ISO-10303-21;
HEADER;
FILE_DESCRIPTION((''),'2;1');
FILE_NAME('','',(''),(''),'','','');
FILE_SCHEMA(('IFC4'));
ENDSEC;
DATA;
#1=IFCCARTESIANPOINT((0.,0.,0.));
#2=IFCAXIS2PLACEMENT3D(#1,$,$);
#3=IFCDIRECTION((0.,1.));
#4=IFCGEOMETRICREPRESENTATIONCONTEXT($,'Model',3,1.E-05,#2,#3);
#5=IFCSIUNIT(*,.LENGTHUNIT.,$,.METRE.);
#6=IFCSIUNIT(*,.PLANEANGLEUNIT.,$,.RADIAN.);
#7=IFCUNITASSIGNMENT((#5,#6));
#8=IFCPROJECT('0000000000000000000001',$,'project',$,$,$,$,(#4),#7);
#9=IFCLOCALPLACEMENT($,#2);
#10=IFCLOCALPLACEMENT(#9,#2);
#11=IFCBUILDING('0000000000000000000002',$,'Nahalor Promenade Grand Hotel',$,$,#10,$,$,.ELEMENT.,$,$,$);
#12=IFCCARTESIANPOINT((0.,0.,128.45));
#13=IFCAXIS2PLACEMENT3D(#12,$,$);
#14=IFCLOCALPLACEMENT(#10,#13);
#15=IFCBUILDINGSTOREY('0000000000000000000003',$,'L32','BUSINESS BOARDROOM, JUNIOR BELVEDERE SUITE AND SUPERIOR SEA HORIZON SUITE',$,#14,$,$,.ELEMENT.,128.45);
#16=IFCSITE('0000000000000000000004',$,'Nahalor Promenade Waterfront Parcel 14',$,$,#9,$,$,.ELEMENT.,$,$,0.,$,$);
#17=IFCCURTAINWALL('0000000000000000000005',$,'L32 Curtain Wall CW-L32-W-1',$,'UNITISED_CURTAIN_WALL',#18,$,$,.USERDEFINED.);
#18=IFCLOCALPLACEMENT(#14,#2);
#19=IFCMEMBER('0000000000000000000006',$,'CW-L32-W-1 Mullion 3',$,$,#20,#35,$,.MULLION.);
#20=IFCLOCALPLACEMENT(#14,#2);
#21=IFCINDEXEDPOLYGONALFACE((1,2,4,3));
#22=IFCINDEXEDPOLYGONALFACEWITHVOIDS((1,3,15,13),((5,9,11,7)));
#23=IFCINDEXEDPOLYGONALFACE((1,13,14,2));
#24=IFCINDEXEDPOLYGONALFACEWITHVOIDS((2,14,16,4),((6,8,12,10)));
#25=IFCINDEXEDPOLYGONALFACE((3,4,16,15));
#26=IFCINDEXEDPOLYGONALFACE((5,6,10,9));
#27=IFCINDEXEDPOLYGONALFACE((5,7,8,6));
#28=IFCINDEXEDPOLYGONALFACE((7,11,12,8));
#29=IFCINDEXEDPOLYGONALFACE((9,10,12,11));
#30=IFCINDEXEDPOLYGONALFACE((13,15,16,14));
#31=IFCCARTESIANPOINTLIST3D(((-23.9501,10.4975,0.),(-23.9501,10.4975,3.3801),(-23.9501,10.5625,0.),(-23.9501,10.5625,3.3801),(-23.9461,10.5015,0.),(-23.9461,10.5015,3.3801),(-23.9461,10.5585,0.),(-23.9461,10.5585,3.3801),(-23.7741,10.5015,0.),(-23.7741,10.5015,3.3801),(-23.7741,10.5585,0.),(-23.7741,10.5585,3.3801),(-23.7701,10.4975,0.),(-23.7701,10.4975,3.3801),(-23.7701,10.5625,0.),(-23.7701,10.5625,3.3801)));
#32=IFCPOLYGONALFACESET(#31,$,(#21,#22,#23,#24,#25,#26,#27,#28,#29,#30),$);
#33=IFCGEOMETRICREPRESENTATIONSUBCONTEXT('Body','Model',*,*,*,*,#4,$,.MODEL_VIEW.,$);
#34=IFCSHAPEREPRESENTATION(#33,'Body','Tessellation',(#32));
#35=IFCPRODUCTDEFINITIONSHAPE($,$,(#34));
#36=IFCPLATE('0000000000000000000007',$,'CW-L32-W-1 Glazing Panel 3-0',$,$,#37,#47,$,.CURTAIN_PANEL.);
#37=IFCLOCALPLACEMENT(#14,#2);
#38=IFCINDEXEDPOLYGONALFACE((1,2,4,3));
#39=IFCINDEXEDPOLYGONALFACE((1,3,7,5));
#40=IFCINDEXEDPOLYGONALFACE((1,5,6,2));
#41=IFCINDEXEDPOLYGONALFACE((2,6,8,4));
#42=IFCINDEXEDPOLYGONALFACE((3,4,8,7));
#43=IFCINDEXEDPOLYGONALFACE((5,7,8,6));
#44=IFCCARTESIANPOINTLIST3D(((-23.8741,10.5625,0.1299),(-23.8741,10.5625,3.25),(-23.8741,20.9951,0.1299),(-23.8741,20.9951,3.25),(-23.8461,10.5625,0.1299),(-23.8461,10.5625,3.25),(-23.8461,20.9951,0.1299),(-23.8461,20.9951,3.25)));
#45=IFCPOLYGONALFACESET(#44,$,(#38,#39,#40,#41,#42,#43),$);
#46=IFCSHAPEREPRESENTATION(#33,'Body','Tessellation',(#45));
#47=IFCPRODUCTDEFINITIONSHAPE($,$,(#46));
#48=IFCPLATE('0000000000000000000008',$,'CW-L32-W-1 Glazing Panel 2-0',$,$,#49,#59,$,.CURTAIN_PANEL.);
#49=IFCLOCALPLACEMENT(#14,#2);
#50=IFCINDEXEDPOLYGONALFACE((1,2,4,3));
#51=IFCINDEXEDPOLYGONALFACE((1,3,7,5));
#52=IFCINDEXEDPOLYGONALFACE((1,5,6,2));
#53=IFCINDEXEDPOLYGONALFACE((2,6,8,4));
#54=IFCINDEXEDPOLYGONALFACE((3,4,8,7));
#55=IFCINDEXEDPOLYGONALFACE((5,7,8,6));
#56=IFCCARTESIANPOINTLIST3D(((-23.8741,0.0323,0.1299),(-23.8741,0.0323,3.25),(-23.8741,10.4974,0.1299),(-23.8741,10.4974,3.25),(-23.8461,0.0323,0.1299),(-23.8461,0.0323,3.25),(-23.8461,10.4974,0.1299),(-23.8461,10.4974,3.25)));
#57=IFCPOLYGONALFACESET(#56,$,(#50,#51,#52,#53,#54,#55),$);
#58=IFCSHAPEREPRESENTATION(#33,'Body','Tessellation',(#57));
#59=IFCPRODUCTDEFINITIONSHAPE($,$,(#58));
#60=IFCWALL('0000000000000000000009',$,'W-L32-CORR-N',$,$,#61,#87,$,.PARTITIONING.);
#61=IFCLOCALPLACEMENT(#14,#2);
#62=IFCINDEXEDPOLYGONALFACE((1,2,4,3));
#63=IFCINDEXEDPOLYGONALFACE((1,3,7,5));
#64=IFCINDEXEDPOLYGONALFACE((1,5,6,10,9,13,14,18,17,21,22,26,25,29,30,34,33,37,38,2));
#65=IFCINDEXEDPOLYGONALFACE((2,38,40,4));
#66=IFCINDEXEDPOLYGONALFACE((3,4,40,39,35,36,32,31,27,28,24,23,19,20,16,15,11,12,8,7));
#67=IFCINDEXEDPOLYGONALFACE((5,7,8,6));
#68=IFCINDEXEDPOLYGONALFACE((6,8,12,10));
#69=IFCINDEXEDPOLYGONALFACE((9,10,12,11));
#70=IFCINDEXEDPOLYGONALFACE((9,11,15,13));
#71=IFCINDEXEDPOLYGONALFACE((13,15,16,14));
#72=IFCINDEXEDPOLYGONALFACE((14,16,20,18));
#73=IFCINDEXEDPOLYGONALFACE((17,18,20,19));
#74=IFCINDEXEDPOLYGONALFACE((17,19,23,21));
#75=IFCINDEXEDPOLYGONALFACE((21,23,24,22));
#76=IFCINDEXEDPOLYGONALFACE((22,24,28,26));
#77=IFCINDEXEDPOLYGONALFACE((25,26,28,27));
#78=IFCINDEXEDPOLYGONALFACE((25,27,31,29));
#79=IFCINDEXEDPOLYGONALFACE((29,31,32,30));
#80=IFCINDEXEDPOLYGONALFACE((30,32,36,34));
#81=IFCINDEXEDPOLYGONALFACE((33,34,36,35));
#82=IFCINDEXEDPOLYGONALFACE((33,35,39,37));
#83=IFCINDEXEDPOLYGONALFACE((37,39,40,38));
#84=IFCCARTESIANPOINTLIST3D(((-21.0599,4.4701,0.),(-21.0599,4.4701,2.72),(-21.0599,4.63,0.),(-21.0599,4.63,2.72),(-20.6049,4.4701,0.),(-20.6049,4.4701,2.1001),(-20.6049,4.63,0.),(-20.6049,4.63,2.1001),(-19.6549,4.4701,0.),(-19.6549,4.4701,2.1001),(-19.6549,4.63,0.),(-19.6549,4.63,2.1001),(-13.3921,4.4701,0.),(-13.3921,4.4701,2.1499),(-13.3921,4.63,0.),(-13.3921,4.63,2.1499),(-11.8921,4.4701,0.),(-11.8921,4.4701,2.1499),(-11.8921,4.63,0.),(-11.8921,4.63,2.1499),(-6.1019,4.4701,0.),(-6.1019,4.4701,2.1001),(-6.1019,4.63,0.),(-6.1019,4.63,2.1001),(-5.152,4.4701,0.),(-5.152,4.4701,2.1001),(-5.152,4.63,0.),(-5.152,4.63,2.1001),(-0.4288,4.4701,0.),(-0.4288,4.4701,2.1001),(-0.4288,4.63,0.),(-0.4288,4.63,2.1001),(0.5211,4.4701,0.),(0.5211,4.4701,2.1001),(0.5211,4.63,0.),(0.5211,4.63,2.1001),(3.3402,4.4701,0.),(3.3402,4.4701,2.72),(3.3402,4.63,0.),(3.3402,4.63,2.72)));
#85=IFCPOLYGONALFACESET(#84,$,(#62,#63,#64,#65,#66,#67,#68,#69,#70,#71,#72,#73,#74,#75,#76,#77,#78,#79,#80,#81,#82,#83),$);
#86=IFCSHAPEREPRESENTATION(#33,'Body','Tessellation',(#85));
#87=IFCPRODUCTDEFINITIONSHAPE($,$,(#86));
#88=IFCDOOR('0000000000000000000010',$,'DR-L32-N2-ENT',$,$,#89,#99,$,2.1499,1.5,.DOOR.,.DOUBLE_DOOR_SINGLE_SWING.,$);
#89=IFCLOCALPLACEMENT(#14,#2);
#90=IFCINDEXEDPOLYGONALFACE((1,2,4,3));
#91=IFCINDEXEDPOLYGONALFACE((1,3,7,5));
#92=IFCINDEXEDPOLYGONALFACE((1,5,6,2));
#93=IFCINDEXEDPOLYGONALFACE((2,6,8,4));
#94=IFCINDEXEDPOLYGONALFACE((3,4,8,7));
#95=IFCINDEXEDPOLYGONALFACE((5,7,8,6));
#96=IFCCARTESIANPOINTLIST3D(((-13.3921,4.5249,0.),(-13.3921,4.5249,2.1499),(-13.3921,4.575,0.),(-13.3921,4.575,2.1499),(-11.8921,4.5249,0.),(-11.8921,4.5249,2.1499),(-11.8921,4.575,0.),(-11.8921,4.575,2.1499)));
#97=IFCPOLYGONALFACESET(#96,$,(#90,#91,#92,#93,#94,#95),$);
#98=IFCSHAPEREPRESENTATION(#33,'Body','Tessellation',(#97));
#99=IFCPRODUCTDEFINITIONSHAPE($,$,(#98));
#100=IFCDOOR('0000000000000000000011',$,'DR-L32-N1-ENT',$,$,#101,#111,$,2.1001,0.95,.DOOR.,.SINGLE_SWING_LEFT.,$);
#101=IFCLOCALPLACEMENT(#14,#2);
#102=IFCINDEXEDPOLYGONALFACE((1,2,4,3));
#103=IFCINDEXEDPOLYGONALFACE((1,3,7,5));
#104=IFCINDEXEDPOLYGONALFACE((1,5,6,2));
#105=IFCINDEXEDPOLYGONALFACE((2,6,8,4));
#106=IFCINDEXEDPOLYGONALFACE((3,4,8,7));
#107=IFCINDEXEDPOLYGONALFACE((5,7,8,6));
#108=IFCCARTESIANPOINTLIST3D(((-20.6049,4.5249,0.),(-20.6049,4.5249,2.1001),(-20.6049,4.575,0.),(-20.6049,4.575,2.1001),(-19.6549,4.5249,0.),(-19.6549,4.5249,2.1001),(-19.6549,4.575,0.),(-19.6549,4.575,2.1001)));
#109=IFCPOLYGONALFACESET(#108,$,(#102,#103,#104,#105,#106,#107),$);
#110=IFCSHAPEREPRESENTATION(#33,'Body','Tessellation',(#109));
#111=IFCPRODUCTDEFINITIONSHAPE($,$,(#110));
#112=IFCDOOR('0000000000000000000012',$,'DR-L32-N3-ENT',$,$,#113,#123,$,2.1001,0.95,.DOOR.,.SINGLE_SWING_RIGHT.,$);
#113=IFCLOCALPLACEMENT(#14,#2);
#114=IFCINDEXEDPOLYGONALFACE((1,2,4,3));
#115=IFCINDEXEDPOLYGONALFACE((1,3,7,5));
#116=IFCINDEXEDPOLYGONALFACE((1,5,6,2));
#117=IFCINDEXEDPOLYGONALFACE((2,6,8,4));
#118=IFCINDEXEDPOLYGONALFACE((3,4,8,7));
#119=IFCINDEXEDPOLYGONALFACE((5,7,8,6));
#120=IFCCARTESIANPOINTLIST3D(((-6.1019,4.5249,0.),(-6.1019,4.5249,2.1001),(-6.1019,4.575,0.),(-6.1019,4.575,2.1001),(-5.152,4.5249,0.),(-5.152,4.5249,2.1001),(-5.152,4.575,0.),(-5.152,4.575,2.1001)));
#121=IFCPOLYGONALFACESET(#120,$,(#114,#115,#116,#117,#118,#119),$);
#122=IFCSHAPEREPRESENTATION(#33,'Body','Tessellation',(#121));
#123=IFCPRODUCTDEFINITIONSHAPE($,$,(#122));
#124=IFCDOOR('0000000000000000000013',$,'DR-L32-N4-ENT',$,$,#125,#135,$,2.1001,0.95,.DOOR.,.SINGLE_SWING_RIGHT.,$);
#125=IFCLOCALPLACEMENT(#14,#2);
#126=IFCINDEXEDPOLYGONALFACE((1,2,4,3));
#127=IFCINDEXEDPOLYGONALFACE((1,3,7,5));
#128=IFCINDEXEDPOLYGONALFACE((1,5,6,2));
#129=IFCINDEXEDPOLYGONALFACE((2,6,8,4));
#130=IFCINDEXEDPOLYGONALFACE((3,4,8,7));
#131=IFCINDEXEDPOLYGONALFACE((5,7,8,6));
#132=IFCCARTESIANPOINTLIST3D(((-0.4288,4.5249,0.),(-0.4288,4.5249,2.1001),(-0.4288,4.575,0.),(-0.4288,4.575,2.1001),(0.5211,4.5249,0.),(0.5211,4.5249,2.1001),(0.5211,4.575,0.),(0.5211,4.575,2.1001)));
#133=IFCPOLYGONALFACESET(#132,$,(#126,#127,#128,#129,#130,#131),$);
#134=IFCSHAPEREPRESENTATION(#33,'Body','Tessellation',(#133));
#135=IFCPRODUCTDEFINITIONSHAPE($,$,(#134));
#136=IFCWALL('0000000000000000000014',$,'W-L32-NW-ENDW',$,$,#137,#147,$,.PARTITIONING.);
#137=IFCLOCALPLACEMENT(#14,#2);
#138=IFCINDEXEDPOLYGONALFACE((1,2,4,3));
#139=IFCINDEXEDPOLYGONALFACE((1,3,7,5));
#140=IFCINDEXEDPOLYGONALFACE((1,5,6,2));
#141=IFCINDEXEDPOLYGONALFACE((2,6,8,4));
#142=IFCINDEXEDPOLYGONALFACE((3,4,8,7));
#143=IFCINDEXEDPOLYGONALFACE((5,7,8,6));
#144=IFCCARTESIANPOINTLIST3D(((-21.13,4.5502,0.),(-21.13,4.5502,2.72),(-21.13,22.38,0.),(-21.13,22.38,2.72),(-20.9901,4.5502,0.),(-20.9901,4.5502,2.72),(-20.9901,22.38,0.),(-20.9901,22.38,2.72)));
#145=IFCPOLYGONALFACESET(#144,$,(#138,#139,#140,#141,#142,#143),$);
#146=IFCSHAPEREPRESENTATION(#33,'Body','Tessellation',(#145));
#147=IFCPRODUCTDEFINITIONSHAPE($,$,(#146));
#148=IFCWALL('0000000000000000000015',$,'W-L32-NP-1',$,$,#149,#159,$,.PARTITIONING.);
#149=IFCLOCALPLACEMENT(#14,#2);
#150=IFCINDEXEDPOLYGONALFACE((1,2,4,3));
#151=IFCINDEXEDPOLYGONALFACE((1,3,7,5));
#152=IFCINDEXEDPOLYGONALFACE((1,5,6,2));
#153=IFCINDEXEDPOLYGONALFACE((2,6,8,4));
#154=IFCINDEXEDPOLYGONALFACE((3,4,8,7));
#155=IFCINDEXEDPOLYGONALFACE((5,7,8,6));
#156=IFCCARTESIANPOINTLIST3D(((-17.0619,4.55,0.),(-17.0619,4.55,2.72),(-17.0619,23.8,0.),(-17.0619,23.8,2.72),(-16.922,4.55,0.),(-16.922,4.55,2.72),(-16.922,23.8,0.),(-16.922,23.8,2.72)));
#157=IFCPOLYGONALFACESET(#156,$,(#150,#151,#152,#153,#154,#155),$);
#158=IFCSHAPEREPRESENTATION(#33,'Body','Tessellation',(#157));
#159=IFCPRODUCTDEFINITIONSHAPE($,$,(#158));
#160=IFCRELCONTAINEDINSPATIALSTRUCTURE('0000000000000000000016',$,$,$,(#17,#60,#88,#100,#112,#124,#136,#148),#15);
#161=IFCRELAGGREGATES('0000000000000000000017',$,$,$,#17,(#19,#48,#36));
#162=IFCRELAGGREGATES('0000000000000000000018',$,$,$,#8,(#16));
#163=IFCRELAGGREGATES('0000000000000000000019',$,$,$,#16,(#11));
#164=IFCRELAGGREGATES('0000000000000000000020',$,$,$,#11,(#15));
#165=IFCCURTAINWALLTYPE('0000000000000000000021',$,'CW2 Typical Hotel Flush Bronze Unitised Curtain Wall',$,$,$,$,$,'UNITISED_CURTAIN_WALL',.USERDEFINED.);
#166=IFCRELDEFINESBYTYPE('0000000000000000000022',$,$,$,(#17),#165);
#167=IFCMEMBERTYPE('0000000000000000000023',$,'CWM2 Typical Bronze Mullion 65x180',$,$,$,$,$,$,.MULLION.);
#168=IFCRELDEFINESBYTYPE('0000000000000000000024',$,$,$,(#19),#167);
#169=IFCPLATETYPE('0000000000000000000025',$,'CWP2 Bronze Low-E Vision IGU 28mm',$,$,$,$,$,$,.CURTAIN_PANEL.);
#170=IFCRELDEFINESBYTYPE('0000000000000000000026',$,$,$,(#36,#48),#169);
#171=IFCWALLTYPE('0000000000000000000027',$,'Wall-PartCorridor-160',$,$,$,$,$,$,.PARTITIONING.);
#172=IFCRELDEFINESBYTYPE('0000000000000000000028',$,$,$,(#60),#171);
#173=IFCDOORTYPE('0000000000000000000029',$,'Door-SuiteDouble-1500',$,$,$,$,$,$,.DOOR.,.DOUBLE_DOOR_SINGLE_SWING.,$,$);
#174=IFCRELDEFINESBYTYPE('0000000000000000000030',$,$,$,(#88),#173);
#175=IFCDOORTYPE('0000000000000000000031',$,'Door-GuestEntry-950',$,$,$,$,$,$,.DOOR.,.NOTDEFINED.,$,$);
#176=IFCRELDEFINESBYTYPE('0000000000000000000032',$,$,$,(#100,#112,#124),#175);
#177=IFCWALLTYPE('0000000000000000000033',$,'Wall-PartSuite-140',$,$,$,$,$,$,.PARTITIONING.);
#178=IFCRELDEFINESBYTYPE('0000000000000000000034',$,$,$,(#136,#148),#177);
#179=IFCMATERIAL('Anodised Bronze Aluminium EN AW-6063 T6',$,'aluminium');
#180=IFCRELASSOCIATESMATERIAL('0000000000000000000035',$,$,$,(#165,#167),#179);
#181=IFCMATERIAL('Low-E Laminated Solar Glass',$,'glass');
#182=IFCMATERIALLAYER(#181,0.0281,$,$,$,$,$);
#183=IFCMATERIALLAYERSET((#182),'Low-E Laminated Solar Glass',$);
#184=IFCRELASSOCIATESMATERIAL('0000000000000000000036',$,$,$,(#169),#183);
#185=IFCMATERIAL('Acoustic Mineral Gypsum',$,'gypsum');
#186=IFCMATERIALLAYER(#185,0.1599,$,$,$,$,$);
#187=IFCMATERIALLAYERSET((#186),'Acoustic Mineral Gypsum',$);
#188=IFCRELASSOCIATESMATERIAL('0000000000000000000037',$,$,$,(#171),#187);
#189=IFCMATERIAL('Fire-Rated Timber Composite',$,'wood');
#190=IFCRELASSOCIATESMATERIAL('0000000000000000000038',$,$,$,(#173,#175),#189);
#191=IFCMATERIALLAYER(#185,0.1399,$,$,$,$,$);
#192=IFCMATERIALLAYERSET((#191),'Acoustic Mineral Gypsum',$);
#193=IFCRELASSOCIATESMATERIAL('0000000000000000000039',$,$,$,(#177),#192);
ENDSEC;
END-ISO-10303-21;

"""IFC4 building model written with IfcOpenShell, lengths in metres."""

from ifc_helpers import new_model, si_unit, direction, frame, frame_2d, origin, origin_2d, place, context, subcontext, project, spatial, rectangle, hollow_rectangle, extrude, source, transform, mapped, material, layer, layer_set, material_profile, profile_set, type_object, element, fill, aggregate, save


model = new_model("IFC4")

# Units and contexts
model_context = context("Model", 3, precision=1e-05, world=origin(), true_north=direction((0.0, 1.0)))
body_context = subcontext(model_context, "Body", "Model", "MODEL_VIEW")
ifc_project = project(units=[si_unit("LENGTHUNIT", "METRE"), si_unit("PLANEANGLEUNIT", "RADIAN")], contexts=[model_context])

# Site, building, storey
site_placement = place(None, origin())
site = spatial("IfcSite", under=ifc_project, at=site_placement, Name="Nahalor Promenade Waterfront Parcel 14", CompositionType="ELEMENT", RefElevation=0.0)
building_placement = place(site_placement, origin())
building = spatial("IfcBuilding", under=site, at=building_placement, Name="Nahalor Promenade Grand Hotel", CompositionType="ELEMENT")
storey_placement = place(building_placement, frame((0.0, 0.0, 128.45)))
storey = spatial("IfcBuildingStorey", under=building, at=storey_placement, Name="L32", Description="BUSINESS BOARDROOM, JUNIOR BELVEDERE SUITE AND SUPERIOR SEA HORIZON SUITE", CompositionType="ELEMENT", Elevation=128.45)

# Curtain wall, member, plates
ifc_material_1 = material(Name="Anodised Bronze Aluminium EN AW-6063 T6", Category="aluminium")
curtain_wall_type = type_object("IfcCurtainWallType", Name="CW2 Typical Hotel Flush Bronze Unitised Curtain Wall", ElementType="UNITISED_CURTAIN_WALL", PredefinedType="USERDEFINED", material=ifc_material_1)
curtain_wall_placement = place(storey_placement, origin())
curtain_wall = element("IfcCurtainWall", 1, at=curtain_wall_placement, inside=storey, type_object=curtain_wall_type, Name="L32 Curtain Wall CW-L32-W-1", ObjectType="UNITISED_CURTAIN_WALL", PredefinedType="USERDEFINED")
ifc_material_profile_1 = material_profile(ifc_material_1, hollow_rectangle(XDim=0.065, YDim=0.18, WallThickness=0.004, at=origin_2d()), Name="CWM 65x180x4")
ifc_profile_set_1 = profile_set([ifc_material_profile_1], Name="Anodised Bronze Aluminium EN AW-6063 T6")
member_type_1 = type_object("IfcMemberType", Name="CWM2 Typical Bronze Mullion 65x180", PredefinedType="MULLION", material=ifc_profile_set_1)
shared_shape_1 = source(origin(), body_context, "Body", "SweptSolid", [
    extrude(hollow_rectangle(XDim=0.065, YDim=0.18, WallThickness=0.004, at=origin_2d()), origin(), (0.0, 0.0, 1.0), 3.3801),
])
member_1_placement = place(storey_placement, frame((-23.8601, 10.53, 0.0), z_axis=(0.0, 0.0, 1.0), x_axis=(0.0, 1.0, 0.0)))
member_1 = element("IfcMember", 2, at=member_1_placement, type_object=member_type_1, Name="CW-L32-W-1 Mullion 3", PredefinedType="MULLION", context=body_context, shape_type="MappedRepresentation", body=[
    mapped(shared_shape_1, transform((0.0, 0.0, 0.0), scale=1.0)),
])
ifc_material_2 = material(Name="Low-E Laminated Solar Glass", Category="glass")
ifc_layer_1 = layer(ifc_material_2, 0.0281)
ifc_layer_set_1 = layer_set([ifc_layer_1], Name="Low-E Laminated Solar Glass")
plate_type = type_object("IfcPlateType", Name="CWP2 Bronze Low-E Vision IGU 28mm", PredefinedType="CURTAIN_PANEL", material=ifc_layer_set_1)
shared_shape_2 = source(origin(), body_context, "Body", "SweptSolid", [
    extrude(rectangle(XDim=10.4326, YDim=0.0281, at=origin_2d()), origin(), (0.0, 0.0, 1.0), 3.1201),
])
plate_1_placement = place(storey_placement, frame((-23.8601, 15.7788, 0.1299), z_axis=(0.0, 0.0, 1.0), x_axis=(0.0, 1.0, 0.0)))
plate_1 = element("IfcPlate", 3, at=plate_1_placement, type_object=plate_type, Name="CW-L32-W-1 Glazing Panel 3-0", PredefinedType="CURTAIN_PANEL", context=body_context, shape_type="MappedRepresentation", body=[
    mapped(shared_shape_2, transform((0.0, 0.0, 0.0), scale=1.0)),
])
shared_shape_3 = source(origin(), body_context, "Body", "SweptSolid", [
    extrude(rectangle(XDim=10.4651, YDim=0.0281, at=origin_2d()), origin(), (0.0, 0.0, 1.0), 3.1201),
])
plate_2_placement = place(storey_placement, frame((-23.8601, 5.2649, 0.1299), z_axis=(0.0, 0.0, 1.0), x_axis=(0.0, 1.0, 0.0)))
plate_2 = element("IfcPlate", 4, at=plate_2_placement, type_object=plate_type, Name="CW-L32-W-1 Glazing Panel 2-0", PredefinedType="CURTAIN_PANEL", context=body_context, shape_type="MappedRepresentation", body=[
    mapped(shared_shape_3, transform((0.0, 0.0, 0.0), scale=1.0)),
])
aggregate(curtain_wall, [member_1, plate_2, plate_1])

# Wall, openings, doors
ifc_material_3 = material(Name="Acoustic Mineral Gypsum", Category="gypsum")
ifc_layer_2 = layer(ifc_material_3, 0.1599)
ifc_layer_set_2 = layer_set([ifc_layer_2], Name="Acoustic Mineral Gypsum")
wall_type_1 = type_object("IfcWallType", Name="Wall-PartCorridor-160", PredefinedType="PARTITIONING", material=ifc_layer_set_2)
shared_shape_4 = source(origin(), body_context, "Body", "SweptSolid", [
    extrude(rectangle(XDim=24.4001, YDim=0.1599, at=frame_2d((12.2002, 0.0))), origin(), (0.0, 0.0, 1.0), 2.72),
])
wall_1_placement = place(storey_placement, frame((-21.0601, 4.55, 0.0), z_axis=(0.0, 0.0, 1.0), x_axis=(1.0, 0.0, 0.0)))
wall_1 = element("IfcWall", 5, at=wall_1_placement, inside=storey, type_object=wall_type_1, Name="W-L32-CORR-N", PredefinedType="PARTITIONING", context=body_context, shape_type="MappedRepresentation", body=[
    mapped(shared_shape_4, transform((0.0, 0.0, 0.0), scale=1.0)),
])
opening_1_placement = place(wall_1_placement, frame((0.4551, 0.0, 0.0)))
opening_1 = element("IfcOpeningElement", 6, at=opening_1_placement, cuts=wall_1, PredefinedType="OPENING", context=body_context, shape_type="SweptSolid", body=[
    extrude(rectangle(XDim=0.95, YDim=2.1001, at=frame_2d((0.4751, 1.05))), frame((0.0, 0.0898, 0.0), z_axis=(0.0, -1.0, 0.0), x_axis=(1.0, 0.0, 0.0)), (0.0, 0.0, 1.0), 0.1799),
])
opening_2_placement = place(wall_1_placement, frame((7.668, 0.0, 0.0)))
opening_2 = element("IfcOpeningElement", 7, at=opening_2_placement, cuts=wall_1, PredefinedType="OPENING", context=body_context, shape_type="SweptSolid", body=[
    extrude(rectangle(XDim=1.5, YDim=2.1499, at=frame_2d((0.75, 1.075))), frame((0.0, 0.0898, 0.0), z_axis=(0.0, -1.0, 0.0), x_axis=(1.0, 0.0, 0.0)), (0.0, 0.0, 1.0), 0.1799),
])
opening_3_placement = place(wall_1_placement, frame((14.958, 0.0, 0.0)))
opening_3 = element("IfcOpeningElement", 8, at=opening_3_placement, cuts=wall_1, PredefinedType="OPENING", context=body_context, shape_type="SweptSolid", body=[
    extrude(rectangle(XDim=0.95, YDim=2.1001, at=frame_2d((0.4751, 1.05))), frame((0.0, 0.0898, 0.0), z_axis=(0.0, -1.0, 0.0), x_axis=(1.0, 0.0, 0.0)), (0.0, 0.0, 1.0), 0.1799),
])
opening_4_placement = place(wall_1_placement, frame((20.6311, 0.0, 0.0)))
opening_4 = element("IfcOpeningElement", 9, at=opening_4_placement, cuts=wall_1, PredefinedType="OPENING", context=body_context, shape_type="SweptSolid", body=[
    extrude(rectangle(XDim=0.95, YDim=2.1001, at=frame_2d((0.4751, 1.05))), frame((0.0, 0.0898, 0.0), z_axis=(0.0, -1.0, 0.0), x_axis=(1.0, 0.0, 0.0)), (0.0, 0.0, 1.0), 0.1799),
])
ifc_material_4 = material(Name="Fire-Rated Timber Composite", Category="wood")
door_type_1 = type_object("IfcDoorType", Name="Door-SuiteDouble-1500", OperationType="DOUBLE_DOOR_SINGLE_SWING", PredefinedType="DOOR", material=ifc_material_4)
shared_shape_5 = source(origin(), body_context, "Body", "SweptSolid", [
    extrude(rectangle(XDim=1.5, YDim=2.1499, at=frame_2d((0.75, 1.075))), frame((0.0, 0.0249, 0.0), z_axis=(0.0, -1.0, 0.0), x_axis=(1.0, 0.0, 0.0)), (0.0, 0.0, 1.0), 0.05),
])
door_1_placement = place(opening_2_placement, origin())
door_1 = element("IfcDoor", 10, at=door_1_placement, inside=storey, type_object=door_type_1, Name="DR-L32-N2-ENT", OperationType="DOUBLE_DOOR_SINGLE_SWING", OverallHeight=2.1499, OverallWidth=1.5, PredefinedType="DOOR", context=body_context, shape_type="MappedRepresentation", body=[
    mapped(shared_shape_5, transform((0.0, 0.0, 0.0), scale=1.0)),
])
fill(opening_2, door_1)
door_type_2 = type_object("IfcDoorType", Name="Door-GuestEntry-950", OperationType="NOTDEFINED", PredefinedType="DOOR", material=ifc_material_4)
shared_shape_6 = source(origin(), body_context, "Body", "SweptSolid", [
    extrude(rectangle(XDim=0.95, YDim=2.1001, at=frame_2d((0.4751, 1.05))), frame((0.0, 0.0249, 0.0), z_axis=(0.0, -1.0, 0.0), x_axis=(1.0, 0.0, 0.0)), (0.0, 0.0, 1.0), 0.05),
])
door_2_placement = place(opening_1_placement, origin())
door_2 = element("IfcDoor", 11, at=door_2_placement, inside=storey, type_object=door_type_2, Name="DR-L32-N1-ENT", OperationType="SINGLE_SWING_LEFT", OverallHeight=2.1001, OverallWidth=0.95, PredefinedType="DOOR", context=body_context, shape_type="MappedRepresentation", body=[
    mapped(shared_shape_6, transform((0.0, 0.0, 0.0), scale=1.0)),
])
fill(opening_1, door_2)
door_3_placement = place(opening_3_placement, origin())
door_3 = element("IfcDoor", 12, at=door_3_placement, inside=storey, type_object=door_type_2, Name="DR-L32-N3-ENT", OperationType="SINGLE_SWING_RIGHT", OverallHeight=2.1001, OverallWidth=0.95, PredefinedType="DOOR", context=body_context, shape_type="MappedRepresentation", body=[
    mapped(shared_shape_6, transform((0.0, 0.0, 0.0), scale=1.0)),
])
fill(opening_3, door_3)
door_4_placement = place(opening_4_placement, origin())
door_4 = element("IfcDoor", 13, at=door_4_placement, inside=storey, type_object=door_type_2, Name="DR-L32-N4-ENT", OperationType="SINGLE_SWING_RIGHT", OverallHeight=2.1001, OverallWidth=0.95, PredefinedType="DOOR", context=body_context, shape_type="MappedRepresentation", body=[
    mapped(shared_shape_6, transform((0.0, 0.0, 0.0), scale=1.0)),
])
fill(opening_4, door_4)

# Walls
ifc_layer_3 = layer(ifc_material_3, 0.1399)
ifc_layer_set_3 = layer_set([ifc_layer_3], Name="Acoustic Mineral Gypsum")
wall_type_2 = type_object("IfcWallType", Name="Wall-PartSuite-140", PredefinedType="PARTITIONING", material=ifc_layer_set_3)
shared_shape_7 = source(origin(), body_context, "Body", "SweptSolid", [
    extrude(rectangle(XDim=17.8298, YDim=0.1399, at=frame_2d((8.915, 0.0))), origin(), (0.0, 0.0, 1.0), 2.72),
])
wall_2_placement = place(storey_placement, frame((-21.0601, 4.55, 0.0), z_axis=(0.0, 0.0, 1.0), x_axis=(0.0, 1.0, 0.0)))
element("IfcWall", 14, at=wall_2_placement, inside=storey, type_object=wall_type_2, Name="W-L32-NW-ENDW", PredefinedType="PARTITIONING", context=body_context, shape_type="MappedRepresentation", body=[
    mapped(shared_shape_7, transform((0.0, 0.0, 0.0), scale=1.0)),
])
shared_shape_8 = source(origin(), body_context, "Body", "SweptSolid", [
    extrude(rectangle(XDim=19.25, YDim=0.1399, at=frame_2d((9.625, 0.0))), origin(), (0.0, 0.0, 1.0), 2.72),
])
wall_3_placement = place(storey_placement, frame((-16.9919, 4.55, 0.0), z_axis=(0.0, 0.0, 1.0), x_axis=(0.0, 1.0, 0.0)))
element("IfcWall", 15, at=wall_3_placement, inside=storey, type_object=wall_type_2, Name="W-L32-NP-1", PredefinedType="PARTITIONING", context=body_context, shape_type="MappedRepresentation", body=[
    mapped(shared_shape_8, transform((0.0, 0.0, 0.0), scale=1.0)),
])

save(model, "model.ifc")
